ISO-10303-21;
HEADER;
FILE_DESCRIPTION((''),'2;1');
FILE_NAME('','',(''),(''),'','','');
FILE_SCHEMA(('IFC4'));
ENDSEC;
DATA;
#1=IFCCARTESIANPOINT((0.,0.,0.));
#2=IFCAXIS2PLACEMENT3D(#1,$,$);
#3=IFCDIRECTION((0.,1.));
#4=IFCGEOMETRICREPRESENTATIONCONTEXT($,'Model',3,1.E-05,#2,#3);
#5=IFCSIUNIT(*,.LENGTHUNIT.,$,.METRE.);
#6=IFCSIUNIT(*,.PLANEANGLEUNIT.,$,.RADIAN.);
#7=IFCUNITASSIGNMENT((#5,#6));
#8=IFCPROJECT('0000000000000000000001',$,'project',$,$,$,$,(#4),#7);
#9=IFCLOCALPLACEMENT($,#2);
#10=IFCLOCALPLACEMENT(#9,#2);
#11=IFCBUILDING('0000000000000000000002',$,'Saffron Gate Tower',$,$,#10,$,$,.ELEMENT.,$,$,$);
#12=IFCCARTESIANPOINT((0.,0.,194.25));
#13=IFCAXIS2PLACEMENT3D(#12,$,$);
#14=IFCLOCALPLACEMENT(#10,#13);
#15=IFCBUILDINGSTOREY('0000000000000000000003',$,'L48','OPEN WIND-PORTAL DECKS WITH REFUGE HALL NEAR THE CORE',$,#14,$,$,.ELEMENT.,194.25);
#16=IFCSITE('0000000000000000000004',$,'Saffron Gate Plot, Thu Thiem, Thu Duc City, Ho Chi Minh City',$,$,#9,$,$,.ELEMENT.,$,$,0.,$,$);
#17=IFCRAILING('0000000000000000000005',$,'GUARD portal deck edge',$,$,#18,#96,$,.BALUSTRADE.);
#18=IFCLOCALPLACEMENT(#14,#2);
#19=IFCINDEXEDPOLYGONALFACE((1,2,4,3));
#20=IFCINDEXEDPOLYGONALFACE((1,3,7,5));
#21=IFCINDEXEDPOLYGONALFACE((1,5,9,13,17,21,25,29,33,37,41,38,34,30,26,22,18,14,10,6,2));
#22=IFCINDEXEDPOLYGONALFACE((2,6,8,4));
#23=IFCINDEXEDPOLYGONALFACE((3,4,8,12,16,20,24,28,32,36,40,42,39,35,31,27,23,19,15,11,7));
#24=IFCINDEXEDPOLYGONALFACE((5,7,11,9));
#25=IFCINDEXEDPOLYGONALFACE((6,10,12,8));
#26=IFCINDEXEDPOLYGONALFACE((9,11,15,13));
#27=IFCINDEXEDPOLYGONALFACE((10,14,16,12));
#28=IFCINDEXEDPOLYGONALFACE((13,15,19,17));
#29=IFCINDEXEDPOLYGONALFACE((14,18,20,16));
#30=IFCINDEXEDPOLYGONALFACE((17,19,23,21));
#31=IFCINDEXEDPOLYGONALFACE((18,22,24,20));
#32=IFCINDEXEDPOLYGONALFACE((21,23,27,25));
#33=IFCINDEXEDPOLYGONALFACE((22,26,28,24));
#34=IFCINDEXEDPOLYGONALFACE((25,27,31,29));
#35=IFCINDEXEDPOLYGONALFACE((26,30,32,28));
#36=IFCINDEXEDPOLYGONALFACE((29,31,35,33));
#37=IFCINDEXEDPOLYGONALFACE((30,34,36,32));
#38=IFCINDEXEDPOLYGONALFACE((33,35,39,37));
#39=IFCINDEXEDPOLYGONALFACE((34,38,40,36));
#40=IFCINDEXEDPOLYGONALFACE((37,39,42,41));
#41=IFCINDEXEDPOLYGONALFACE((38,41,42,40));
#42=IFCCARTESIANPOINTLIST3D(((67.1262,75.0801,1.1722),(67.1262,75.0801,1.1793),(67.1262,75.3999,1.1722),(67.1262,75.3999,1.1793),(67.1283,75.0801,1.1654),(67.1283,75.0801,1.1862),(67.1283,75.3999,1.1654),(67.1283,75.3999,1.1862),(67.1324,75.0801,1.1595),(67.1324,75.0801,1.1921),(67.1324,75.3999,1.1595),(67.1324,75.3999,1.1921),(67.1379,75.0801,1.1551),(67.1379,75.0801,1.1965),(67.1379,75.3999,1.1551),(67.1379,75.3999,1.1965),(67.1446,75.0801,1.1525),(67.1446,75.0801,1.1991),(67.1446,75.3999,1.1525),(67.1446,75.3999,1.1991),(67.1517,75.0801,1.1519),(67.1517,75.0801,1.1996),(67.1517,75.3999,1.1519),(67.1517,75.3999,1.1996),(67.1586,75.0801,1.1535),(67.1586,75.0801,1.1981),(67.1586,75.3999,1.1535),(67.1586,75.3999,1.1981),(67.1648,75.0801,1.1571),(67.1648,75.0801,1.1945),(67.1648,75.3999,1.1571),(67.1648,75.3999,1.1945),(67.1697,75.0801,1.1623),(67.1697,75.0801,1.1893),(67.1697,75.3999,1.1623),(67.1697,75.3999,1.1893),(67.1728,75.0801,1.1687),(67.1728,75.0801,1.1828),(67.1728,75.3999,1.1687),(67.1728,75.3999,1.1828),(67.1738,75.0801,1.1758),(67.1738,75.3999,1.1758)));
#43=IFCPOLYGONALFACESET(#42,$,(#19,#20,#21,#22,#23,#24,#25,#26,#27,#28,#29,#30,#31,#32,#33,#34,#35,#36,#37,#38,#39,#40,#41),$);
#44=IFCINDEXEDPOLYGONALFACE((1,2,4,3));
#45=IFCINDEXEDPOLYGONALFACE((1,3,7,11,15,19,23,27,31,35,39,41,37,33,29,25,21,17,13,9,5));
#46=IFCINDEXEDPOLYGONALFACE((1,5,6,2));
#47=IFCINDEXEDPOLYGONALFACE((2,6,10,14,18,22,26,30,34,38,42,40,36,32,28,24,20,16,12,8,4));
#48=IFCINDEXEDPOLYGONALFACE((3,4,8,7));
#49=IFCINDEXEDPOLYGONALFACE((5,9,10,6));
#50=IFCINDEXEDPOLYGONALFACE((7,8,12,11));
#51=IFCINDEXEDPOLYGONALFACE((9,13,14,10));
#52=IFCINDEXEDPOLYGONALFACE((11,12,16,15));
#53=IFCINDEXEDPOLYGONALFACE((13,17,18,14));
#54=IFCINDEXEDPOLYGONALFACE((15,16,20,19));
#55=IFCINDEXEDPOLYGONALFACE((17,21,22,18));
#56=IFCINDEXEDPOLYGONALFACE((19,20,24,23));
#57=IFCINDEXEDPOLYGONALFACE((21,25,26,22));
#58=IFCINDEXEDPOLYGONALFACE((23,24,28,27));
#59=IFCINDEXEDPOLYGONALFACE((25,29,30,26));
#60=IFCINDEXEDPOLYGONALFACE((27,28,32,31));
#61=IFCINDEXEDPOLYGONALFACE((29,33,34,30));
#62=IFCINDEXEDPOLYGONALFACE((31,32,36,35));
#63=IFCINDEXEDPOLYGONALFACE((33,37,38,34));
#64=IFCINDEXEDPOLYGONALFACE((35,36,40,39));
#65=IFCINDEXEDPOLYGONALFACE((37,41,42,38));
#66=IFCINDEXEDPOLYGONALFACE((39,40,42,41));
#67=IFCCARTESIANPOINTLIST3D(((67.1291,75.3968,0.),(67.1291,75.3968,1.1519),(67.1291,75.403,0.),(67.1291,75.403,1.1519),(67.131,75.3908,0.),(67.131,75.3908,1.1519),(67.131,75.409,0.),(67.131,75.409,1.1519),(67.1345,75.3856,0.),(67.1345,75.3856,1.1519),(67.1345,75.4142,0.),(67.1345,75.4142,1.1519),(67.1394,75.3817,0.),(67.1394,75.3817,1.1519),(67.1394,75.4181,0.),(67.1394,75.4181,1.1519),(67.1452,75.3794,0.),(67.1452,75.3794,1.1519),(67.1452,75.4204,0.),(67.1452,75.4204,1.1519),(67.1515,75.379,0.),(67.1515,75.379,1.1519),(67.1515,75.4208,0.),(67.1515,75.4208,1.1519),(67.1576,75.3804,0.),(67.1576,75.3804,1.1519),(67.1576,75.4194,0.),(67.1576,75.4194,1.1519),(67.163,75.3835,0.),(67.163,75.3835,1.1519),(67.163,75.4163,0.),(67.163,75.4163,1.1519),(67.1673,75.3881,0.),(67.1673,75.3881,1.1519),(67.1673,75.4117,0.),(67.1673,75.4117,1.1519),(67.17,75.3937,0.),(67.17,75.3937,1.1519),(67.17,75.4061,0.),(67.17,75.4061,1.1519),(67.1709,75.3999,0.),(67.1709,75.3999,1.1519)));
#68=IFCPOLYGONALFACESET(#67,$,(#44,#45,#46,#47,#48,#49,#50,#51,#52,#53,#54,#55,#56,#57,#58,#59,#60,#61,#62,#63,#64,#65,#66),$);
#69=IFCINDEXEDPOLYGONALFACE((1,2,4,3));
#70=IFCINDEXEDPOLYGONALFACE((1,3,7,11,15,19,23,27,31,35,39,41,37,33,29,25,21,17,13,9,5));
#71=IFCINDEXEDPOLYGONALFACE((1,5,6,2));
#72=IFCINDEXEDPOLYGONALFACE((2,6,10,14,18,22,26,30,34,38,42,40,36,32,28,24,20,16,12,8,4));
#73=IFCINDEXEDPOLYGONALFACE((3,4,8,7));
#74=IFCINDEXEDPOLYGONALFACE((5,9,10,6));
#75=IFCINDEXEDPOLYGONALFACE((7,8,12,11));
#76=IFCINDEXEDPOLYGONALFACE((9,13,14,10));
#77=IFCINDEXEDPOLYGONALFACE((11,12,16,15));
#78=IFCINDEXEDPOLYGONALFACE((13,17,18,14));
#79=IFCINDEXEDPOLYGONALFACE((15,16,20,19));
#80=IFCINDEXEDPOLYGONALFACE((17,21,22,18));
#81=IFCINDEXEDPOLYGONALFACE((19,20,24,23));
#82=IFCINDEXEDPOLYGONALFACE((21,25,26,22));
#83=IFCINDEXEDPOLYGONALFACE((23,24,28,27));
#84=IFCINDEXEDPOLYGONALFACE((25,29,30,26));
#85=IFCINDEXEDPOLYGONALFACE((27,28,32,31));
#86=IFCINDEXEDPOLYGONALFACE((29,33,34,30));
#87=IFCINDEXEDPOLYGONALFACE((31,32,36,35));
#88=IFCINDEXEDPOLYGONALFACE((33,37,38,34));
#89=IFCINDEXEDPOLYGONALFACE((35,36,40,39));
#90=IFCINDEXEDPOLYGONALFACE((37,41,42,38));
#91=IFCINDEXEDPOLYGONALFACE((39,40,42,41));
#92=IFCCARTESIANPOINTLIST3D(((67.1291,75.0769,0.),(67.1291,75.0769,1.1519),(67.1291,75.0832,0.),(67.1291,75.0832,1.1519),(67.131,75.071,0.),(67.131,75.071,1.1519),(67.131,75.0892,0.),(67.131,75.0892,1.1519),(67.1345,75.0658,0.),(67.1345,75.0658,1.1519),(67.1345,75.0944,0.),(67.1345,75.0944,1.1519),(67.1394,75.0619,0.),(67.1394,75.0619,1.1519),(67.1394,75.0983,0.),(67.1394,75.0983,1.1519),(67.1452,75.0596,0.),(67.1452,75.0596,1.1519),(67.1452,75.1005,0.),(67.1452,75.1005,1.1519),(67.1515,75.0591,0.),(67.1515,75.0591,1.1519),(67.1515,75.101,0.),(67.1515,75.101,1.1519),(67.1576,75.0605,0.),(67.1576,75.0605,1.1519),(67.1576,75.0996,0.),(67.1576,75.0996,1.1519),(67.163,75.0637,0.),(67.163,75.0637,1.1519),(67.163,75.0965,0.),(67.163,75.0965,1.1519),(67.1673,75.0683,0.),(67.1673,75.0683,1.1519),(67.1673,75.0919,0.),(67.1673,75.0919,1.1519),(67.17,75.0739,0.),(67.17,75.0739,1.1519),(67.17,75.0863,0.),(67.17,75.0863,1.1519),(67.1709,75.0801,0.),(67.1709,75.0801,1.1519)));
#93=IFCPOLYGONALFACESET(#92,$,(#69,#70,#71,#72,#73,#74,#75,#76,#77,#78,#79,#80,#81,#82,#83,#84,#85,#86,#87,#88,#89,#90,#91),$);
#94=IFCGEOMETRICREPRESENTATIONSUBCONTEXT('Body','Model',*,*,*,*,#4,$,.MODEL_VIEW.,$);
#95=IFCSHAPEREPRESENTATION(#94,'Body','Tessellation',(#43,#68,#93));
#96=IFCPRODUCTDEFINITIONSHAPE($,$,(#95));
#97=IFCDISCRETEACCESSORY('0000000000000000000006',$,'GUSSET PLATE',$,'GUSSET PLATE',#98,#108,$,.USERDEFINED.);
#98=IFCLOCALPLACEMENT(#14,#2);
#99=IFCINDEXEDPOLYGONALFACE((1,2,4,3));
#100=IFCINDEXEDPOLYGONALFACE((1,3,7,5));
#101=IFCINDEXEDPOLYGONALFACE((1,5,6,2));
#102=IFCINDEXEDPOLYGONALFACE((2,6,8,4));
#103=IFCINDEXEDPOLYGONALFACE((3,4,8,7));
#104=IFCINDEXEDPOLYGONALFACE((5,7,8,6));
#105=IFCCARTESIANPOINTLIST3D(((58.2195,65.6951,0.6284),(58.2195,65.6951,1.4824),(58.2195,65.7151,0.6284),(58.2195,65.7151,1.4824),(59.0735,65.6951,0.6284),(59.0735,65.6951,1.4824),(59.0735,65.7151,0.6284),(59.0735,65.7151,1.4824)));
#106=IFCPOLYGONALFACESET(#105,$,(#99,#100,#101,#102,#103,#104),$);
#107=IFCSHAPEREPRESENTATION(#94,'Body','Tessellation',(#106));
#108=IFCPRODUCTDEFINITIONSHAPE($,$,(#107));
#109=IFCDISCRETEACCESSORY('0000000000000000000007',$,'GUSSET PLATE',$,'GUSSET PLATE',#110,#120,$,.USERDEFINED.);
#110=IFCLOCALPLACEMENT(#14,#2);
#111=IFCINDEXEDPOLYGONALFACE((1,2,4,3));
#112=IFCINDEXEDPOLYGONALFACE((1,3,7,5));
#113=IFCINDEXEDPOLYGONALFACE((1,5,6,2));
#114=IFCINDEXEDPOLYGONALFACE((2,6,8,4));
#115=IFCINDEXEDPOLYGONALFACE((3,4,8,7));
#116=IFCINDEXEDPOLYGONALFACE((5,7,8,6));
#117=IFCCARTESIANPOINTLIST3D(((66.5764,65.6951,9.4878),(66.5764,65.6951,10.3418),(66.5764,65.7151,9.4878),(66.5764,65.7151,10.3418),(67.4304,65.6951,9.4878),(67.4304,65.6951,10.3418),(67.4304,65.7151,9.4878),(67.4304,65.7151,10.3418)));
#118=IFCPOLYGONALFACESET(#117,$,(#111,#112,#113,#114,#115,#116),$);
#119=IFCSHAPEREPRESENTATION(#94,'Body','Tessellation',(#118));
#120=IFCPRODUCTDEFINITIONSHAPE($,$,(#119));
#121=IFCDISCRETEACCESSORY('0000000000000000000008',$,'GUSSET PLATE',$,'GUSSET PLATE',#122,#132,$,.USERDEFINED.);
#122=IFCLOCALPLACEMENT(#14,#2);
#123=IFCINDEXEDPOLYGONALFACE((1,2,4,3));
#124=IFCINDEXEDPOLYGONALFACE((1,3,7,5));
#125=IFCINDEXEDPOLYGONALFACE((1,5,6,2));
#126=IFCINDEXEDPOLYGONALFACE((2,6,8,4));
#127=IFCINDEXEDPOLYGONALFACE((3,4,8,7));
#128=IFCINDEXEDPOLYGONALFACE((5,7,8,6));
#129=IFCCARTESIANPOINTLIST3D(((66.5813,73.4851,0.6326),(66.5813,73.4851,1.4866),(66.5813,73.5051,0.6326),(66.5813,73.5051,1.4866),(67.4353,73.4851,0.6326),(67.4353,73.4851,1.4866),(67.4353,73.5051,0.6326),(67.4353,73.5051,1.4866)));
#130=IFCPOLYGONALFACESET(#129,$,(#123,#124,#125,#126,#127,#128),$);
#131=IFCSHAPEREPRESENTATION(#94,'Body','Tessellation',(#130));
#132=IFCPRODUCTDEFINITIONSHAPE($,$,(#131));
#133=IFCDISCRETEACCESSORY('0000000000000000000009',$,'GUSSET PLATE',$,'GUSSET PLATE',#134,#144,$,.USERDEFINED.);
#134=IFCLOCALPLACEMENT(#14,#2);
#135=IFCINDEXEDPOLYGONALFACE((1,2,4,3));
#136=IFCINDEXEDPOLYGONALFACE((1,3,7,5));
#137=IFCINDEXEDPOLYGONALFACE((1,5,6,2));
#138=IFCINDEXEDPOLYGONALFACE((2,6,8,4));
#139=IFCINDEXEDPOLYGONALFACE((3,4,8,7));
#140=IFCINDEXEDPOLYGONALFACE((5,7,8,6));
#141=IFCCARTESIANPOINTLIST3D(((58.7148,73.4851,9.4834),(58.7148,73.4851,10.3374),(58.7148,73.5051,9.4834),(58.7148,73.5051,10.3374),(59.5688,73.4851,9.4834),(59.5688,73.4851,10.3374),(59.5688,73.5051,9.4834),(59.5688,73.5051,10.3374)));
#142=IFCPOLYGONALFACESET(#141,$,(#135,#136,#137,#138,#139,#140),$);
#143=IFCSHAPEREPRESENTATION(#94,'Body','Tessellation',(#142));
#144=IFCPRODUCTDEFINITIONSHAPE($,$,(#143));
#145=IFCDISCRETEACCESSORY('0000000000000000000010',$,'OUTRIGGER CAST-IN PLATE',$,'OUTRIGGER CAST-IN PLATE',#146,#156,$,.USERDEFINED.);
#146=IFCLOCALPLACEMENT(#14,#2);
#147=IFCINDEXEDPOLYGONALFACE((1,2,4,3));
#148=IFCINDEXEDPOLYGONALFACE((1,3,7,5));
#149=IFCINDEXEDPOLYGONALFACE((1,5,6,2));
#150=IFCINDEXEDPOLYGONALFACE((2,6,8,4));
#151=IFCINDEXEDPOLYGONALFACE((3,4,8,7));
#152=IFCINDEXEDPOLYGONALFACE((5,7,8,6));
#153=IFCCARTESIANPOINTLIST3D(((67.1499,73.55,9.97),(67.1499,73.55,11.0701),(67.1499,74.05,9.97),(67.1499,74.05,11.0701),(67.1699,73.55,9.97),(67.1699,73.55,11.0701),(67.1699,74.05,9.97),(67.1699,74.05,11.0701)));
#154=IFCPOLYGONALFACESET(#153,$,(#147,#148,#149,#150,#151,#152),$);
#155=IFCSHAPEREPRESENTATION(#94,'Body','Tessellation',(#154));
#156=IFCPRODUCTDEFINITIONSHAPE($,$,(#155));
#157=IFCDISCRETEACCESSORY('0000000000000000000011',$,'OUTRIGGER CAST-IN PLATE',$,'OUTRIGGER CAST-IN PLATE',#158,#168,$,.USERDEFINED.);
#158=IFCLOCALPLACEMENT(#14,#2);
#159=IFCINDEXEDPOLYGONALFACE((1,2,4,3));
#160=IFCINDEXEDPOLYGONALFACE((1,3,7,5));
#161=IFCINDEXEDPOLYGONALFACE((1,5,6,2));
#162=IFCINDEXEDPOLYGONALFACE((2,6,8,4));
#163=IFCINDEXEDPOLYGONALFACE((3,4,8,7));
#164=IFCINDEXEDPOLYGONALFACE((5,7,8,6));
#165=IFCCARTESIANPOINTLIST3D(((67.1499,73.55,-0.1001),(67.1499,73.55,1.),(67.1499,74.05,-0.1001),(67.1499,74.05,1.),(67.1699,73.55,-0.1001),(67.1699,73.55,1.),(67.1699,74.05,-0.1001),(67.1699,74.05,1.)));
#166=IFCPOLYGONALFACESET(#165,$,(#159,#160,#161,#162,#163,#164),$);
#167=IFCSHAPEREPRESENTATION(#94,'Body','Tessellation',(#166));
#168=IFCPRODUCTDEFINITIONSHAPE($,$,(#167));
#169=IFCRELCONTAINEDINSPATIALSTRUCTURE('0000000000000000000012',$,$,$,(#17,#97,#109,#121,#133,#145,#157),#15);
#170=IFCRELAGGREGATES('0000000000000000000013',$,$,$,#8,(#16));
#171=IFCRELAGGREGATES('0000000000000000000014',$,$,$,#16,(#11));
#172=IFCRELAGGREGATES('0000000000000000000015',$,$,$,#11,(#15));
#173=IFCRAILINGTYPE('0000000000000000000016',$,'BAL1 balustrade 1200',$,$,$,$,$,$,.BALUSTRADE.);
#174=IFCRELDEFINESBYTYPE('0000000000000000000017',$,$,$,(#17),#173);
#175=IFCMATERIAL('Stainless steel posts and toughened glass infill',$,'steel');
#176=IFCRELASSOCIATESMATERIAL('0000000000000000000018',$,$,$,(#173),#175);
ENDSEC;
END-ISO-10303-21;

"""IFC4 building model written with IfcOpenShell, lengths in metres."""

from ifc_helpers import new_model, si_unit, direction, frame, origin, origin_2d, place, context, subcontext, project, spatial, rectangle, circle, extrude, material, type_object, element, save


model = new_model("IFC4")

# Units and contexts
model_context = context("Model", 3, precision=1e-05, world=origin(), true_north=direction((0.0, 1.0)))
body_context = subcontext(model_context, "Body", "Model", "MODEL_VIEW")
ifc_project = project(units=[si_unit("LENGTHUNIT", "METRE"), si_unit("PLANEANGLEUNIT", "RADIAN")], contexts=[model_context])

# Site, building, storey
site_placement = place(None, origin())
site = spatial("IfcSite", under=ifc_project, at=site_placement, Name="Saffron Gate Plot, Thu Thiem, Thu Duc City, Ho Chi Minh City", CompositionType="ELEMENT", RefElevation=0.0)
building_placement = place(site_placement, origin())
building = spatial("IfcBuilding", under=site, at=building_placement, Name="Saffron Gate Tower", CompositionType="ELEMENT")
storey_placement = place(building_placement, frame((0.0, 0.0, 194.25)))
storey = spatial("IfcBuildingStorey", under=building, at=storey_placement, Name="L48", Description="OPEN WIND-PORTAL DECKS WITH REFUGE HALL NEAR THE CORE", CompositionType="ELEMENT", Elevation=194.25)

# Railing
ifc_material_1 = material(Name="Stainless steel posts and toughened glass infill", Category="steel")
railing_type = type_object("IfcRailingType", Name="BAL1 balustrade 1200", PredefinedType="BALUSTRADE", material=ifc_material_1)
railing_1_placement = place(storey_placement, frame((67.1499, 75.3999, 0.0)))
element("IfcRailing", 1, at=railing_1_placement, inside=storey, type_object=railing_type, Name="GUARD portal deck edge", PredefinedType="BALUSTRADE", context=body_context, shape_type="SweptSolid", body=[
    extrude(circle(Radius=0.0239, at=origin_2d()), frame((0.0, 0.0, 1.1758), z_axis=(0.0, -1.0, 0.0), x_axis=(1.0, 0.0, 0.0)), (0.0, 0.0, 1.0), 0.3198),
    extrude(circle(Radius=0.021, at=origin_2d()), origin(), (0.0, 0.0, 1.0), 1.1519),
    extrude(circle(Radius=0.021, at=origin_2d()), frame((0.0, -0.3198, 0.0)), (0.0, 0.0, 1.0), 1.1519),
])

# Discrete accessories
for number, where, z_axis, x_axis, name in (
    (2, (58.6465, 65.7051, 0.6284), (0.0, 0.0, 1.0), (1.0, 0.0, 0.0), "GUSSET PLATE"),
    (3, (67.0034, 65.7051, 9.4878), (0.0, 0.0, 1.0), (1.0, 0.0, 0.0), "GUSSET PLATE"),
    (4, (67.0083, 73.4951, 0.6326), (0.0, 0.0, 1.0), (-1.0, 0.0, 0.0), "GUSSET PLATE"),
    (5, (59.1418, 73.4951, 9.4834), (0.0, 0.0, 1.0), (-1.0, 0.0, 0.0), "GUSSET PLATE"),
):
    element("IfcDiscreteAccessory", number, at=place(storey_placement, frame(where, z_axis=z_axis, x_axis=x_axis)), inside=storey, Name=name, ObjectType="GUSSET PLATE", PredefinedType="USERDEFINED", context=body_context, shape_type="SweptSolid", body=[
        extrude(rectangle(XDim=0.854, YDim=0.02, at=origin_2d()), origin(), (0.0, 0.0, 1.0), 0.854),
    ])
for number, where, z_axis, x_axis, name in (
    (6, (67.1599, 73.8, 9.97), (0.0, 0.0, 1.0), (1.0, 0.0, 0.0), "OUTRIGGER CAST-IN PLATE"),
    (7, (67.1599, 73.8, -0.1001), (0.0, 0.0, 1.0), (1.0, 0.0, 0.0), "OUTRIGGER CAST-IN PLATE"),
):
    element("IfcDiscreteAccessory", number, at=place(storey_placement, frame(where, z_axis=z_axis, x_axis=x_axis)), inside=storey, Name=name, ObjectType="OUTRIGGER CAST-IN PLATE", PredefinedType="USERDEFINED", context=body_context, shape_type="SweptSolid", body=[
        extrude(rectangle(XDim=0.02, YDim=0.5, at=origin_2d()), origin(), (0.0, 0.0, 1.0), 1.1001),
    ])

save(model, "model.ifc")
